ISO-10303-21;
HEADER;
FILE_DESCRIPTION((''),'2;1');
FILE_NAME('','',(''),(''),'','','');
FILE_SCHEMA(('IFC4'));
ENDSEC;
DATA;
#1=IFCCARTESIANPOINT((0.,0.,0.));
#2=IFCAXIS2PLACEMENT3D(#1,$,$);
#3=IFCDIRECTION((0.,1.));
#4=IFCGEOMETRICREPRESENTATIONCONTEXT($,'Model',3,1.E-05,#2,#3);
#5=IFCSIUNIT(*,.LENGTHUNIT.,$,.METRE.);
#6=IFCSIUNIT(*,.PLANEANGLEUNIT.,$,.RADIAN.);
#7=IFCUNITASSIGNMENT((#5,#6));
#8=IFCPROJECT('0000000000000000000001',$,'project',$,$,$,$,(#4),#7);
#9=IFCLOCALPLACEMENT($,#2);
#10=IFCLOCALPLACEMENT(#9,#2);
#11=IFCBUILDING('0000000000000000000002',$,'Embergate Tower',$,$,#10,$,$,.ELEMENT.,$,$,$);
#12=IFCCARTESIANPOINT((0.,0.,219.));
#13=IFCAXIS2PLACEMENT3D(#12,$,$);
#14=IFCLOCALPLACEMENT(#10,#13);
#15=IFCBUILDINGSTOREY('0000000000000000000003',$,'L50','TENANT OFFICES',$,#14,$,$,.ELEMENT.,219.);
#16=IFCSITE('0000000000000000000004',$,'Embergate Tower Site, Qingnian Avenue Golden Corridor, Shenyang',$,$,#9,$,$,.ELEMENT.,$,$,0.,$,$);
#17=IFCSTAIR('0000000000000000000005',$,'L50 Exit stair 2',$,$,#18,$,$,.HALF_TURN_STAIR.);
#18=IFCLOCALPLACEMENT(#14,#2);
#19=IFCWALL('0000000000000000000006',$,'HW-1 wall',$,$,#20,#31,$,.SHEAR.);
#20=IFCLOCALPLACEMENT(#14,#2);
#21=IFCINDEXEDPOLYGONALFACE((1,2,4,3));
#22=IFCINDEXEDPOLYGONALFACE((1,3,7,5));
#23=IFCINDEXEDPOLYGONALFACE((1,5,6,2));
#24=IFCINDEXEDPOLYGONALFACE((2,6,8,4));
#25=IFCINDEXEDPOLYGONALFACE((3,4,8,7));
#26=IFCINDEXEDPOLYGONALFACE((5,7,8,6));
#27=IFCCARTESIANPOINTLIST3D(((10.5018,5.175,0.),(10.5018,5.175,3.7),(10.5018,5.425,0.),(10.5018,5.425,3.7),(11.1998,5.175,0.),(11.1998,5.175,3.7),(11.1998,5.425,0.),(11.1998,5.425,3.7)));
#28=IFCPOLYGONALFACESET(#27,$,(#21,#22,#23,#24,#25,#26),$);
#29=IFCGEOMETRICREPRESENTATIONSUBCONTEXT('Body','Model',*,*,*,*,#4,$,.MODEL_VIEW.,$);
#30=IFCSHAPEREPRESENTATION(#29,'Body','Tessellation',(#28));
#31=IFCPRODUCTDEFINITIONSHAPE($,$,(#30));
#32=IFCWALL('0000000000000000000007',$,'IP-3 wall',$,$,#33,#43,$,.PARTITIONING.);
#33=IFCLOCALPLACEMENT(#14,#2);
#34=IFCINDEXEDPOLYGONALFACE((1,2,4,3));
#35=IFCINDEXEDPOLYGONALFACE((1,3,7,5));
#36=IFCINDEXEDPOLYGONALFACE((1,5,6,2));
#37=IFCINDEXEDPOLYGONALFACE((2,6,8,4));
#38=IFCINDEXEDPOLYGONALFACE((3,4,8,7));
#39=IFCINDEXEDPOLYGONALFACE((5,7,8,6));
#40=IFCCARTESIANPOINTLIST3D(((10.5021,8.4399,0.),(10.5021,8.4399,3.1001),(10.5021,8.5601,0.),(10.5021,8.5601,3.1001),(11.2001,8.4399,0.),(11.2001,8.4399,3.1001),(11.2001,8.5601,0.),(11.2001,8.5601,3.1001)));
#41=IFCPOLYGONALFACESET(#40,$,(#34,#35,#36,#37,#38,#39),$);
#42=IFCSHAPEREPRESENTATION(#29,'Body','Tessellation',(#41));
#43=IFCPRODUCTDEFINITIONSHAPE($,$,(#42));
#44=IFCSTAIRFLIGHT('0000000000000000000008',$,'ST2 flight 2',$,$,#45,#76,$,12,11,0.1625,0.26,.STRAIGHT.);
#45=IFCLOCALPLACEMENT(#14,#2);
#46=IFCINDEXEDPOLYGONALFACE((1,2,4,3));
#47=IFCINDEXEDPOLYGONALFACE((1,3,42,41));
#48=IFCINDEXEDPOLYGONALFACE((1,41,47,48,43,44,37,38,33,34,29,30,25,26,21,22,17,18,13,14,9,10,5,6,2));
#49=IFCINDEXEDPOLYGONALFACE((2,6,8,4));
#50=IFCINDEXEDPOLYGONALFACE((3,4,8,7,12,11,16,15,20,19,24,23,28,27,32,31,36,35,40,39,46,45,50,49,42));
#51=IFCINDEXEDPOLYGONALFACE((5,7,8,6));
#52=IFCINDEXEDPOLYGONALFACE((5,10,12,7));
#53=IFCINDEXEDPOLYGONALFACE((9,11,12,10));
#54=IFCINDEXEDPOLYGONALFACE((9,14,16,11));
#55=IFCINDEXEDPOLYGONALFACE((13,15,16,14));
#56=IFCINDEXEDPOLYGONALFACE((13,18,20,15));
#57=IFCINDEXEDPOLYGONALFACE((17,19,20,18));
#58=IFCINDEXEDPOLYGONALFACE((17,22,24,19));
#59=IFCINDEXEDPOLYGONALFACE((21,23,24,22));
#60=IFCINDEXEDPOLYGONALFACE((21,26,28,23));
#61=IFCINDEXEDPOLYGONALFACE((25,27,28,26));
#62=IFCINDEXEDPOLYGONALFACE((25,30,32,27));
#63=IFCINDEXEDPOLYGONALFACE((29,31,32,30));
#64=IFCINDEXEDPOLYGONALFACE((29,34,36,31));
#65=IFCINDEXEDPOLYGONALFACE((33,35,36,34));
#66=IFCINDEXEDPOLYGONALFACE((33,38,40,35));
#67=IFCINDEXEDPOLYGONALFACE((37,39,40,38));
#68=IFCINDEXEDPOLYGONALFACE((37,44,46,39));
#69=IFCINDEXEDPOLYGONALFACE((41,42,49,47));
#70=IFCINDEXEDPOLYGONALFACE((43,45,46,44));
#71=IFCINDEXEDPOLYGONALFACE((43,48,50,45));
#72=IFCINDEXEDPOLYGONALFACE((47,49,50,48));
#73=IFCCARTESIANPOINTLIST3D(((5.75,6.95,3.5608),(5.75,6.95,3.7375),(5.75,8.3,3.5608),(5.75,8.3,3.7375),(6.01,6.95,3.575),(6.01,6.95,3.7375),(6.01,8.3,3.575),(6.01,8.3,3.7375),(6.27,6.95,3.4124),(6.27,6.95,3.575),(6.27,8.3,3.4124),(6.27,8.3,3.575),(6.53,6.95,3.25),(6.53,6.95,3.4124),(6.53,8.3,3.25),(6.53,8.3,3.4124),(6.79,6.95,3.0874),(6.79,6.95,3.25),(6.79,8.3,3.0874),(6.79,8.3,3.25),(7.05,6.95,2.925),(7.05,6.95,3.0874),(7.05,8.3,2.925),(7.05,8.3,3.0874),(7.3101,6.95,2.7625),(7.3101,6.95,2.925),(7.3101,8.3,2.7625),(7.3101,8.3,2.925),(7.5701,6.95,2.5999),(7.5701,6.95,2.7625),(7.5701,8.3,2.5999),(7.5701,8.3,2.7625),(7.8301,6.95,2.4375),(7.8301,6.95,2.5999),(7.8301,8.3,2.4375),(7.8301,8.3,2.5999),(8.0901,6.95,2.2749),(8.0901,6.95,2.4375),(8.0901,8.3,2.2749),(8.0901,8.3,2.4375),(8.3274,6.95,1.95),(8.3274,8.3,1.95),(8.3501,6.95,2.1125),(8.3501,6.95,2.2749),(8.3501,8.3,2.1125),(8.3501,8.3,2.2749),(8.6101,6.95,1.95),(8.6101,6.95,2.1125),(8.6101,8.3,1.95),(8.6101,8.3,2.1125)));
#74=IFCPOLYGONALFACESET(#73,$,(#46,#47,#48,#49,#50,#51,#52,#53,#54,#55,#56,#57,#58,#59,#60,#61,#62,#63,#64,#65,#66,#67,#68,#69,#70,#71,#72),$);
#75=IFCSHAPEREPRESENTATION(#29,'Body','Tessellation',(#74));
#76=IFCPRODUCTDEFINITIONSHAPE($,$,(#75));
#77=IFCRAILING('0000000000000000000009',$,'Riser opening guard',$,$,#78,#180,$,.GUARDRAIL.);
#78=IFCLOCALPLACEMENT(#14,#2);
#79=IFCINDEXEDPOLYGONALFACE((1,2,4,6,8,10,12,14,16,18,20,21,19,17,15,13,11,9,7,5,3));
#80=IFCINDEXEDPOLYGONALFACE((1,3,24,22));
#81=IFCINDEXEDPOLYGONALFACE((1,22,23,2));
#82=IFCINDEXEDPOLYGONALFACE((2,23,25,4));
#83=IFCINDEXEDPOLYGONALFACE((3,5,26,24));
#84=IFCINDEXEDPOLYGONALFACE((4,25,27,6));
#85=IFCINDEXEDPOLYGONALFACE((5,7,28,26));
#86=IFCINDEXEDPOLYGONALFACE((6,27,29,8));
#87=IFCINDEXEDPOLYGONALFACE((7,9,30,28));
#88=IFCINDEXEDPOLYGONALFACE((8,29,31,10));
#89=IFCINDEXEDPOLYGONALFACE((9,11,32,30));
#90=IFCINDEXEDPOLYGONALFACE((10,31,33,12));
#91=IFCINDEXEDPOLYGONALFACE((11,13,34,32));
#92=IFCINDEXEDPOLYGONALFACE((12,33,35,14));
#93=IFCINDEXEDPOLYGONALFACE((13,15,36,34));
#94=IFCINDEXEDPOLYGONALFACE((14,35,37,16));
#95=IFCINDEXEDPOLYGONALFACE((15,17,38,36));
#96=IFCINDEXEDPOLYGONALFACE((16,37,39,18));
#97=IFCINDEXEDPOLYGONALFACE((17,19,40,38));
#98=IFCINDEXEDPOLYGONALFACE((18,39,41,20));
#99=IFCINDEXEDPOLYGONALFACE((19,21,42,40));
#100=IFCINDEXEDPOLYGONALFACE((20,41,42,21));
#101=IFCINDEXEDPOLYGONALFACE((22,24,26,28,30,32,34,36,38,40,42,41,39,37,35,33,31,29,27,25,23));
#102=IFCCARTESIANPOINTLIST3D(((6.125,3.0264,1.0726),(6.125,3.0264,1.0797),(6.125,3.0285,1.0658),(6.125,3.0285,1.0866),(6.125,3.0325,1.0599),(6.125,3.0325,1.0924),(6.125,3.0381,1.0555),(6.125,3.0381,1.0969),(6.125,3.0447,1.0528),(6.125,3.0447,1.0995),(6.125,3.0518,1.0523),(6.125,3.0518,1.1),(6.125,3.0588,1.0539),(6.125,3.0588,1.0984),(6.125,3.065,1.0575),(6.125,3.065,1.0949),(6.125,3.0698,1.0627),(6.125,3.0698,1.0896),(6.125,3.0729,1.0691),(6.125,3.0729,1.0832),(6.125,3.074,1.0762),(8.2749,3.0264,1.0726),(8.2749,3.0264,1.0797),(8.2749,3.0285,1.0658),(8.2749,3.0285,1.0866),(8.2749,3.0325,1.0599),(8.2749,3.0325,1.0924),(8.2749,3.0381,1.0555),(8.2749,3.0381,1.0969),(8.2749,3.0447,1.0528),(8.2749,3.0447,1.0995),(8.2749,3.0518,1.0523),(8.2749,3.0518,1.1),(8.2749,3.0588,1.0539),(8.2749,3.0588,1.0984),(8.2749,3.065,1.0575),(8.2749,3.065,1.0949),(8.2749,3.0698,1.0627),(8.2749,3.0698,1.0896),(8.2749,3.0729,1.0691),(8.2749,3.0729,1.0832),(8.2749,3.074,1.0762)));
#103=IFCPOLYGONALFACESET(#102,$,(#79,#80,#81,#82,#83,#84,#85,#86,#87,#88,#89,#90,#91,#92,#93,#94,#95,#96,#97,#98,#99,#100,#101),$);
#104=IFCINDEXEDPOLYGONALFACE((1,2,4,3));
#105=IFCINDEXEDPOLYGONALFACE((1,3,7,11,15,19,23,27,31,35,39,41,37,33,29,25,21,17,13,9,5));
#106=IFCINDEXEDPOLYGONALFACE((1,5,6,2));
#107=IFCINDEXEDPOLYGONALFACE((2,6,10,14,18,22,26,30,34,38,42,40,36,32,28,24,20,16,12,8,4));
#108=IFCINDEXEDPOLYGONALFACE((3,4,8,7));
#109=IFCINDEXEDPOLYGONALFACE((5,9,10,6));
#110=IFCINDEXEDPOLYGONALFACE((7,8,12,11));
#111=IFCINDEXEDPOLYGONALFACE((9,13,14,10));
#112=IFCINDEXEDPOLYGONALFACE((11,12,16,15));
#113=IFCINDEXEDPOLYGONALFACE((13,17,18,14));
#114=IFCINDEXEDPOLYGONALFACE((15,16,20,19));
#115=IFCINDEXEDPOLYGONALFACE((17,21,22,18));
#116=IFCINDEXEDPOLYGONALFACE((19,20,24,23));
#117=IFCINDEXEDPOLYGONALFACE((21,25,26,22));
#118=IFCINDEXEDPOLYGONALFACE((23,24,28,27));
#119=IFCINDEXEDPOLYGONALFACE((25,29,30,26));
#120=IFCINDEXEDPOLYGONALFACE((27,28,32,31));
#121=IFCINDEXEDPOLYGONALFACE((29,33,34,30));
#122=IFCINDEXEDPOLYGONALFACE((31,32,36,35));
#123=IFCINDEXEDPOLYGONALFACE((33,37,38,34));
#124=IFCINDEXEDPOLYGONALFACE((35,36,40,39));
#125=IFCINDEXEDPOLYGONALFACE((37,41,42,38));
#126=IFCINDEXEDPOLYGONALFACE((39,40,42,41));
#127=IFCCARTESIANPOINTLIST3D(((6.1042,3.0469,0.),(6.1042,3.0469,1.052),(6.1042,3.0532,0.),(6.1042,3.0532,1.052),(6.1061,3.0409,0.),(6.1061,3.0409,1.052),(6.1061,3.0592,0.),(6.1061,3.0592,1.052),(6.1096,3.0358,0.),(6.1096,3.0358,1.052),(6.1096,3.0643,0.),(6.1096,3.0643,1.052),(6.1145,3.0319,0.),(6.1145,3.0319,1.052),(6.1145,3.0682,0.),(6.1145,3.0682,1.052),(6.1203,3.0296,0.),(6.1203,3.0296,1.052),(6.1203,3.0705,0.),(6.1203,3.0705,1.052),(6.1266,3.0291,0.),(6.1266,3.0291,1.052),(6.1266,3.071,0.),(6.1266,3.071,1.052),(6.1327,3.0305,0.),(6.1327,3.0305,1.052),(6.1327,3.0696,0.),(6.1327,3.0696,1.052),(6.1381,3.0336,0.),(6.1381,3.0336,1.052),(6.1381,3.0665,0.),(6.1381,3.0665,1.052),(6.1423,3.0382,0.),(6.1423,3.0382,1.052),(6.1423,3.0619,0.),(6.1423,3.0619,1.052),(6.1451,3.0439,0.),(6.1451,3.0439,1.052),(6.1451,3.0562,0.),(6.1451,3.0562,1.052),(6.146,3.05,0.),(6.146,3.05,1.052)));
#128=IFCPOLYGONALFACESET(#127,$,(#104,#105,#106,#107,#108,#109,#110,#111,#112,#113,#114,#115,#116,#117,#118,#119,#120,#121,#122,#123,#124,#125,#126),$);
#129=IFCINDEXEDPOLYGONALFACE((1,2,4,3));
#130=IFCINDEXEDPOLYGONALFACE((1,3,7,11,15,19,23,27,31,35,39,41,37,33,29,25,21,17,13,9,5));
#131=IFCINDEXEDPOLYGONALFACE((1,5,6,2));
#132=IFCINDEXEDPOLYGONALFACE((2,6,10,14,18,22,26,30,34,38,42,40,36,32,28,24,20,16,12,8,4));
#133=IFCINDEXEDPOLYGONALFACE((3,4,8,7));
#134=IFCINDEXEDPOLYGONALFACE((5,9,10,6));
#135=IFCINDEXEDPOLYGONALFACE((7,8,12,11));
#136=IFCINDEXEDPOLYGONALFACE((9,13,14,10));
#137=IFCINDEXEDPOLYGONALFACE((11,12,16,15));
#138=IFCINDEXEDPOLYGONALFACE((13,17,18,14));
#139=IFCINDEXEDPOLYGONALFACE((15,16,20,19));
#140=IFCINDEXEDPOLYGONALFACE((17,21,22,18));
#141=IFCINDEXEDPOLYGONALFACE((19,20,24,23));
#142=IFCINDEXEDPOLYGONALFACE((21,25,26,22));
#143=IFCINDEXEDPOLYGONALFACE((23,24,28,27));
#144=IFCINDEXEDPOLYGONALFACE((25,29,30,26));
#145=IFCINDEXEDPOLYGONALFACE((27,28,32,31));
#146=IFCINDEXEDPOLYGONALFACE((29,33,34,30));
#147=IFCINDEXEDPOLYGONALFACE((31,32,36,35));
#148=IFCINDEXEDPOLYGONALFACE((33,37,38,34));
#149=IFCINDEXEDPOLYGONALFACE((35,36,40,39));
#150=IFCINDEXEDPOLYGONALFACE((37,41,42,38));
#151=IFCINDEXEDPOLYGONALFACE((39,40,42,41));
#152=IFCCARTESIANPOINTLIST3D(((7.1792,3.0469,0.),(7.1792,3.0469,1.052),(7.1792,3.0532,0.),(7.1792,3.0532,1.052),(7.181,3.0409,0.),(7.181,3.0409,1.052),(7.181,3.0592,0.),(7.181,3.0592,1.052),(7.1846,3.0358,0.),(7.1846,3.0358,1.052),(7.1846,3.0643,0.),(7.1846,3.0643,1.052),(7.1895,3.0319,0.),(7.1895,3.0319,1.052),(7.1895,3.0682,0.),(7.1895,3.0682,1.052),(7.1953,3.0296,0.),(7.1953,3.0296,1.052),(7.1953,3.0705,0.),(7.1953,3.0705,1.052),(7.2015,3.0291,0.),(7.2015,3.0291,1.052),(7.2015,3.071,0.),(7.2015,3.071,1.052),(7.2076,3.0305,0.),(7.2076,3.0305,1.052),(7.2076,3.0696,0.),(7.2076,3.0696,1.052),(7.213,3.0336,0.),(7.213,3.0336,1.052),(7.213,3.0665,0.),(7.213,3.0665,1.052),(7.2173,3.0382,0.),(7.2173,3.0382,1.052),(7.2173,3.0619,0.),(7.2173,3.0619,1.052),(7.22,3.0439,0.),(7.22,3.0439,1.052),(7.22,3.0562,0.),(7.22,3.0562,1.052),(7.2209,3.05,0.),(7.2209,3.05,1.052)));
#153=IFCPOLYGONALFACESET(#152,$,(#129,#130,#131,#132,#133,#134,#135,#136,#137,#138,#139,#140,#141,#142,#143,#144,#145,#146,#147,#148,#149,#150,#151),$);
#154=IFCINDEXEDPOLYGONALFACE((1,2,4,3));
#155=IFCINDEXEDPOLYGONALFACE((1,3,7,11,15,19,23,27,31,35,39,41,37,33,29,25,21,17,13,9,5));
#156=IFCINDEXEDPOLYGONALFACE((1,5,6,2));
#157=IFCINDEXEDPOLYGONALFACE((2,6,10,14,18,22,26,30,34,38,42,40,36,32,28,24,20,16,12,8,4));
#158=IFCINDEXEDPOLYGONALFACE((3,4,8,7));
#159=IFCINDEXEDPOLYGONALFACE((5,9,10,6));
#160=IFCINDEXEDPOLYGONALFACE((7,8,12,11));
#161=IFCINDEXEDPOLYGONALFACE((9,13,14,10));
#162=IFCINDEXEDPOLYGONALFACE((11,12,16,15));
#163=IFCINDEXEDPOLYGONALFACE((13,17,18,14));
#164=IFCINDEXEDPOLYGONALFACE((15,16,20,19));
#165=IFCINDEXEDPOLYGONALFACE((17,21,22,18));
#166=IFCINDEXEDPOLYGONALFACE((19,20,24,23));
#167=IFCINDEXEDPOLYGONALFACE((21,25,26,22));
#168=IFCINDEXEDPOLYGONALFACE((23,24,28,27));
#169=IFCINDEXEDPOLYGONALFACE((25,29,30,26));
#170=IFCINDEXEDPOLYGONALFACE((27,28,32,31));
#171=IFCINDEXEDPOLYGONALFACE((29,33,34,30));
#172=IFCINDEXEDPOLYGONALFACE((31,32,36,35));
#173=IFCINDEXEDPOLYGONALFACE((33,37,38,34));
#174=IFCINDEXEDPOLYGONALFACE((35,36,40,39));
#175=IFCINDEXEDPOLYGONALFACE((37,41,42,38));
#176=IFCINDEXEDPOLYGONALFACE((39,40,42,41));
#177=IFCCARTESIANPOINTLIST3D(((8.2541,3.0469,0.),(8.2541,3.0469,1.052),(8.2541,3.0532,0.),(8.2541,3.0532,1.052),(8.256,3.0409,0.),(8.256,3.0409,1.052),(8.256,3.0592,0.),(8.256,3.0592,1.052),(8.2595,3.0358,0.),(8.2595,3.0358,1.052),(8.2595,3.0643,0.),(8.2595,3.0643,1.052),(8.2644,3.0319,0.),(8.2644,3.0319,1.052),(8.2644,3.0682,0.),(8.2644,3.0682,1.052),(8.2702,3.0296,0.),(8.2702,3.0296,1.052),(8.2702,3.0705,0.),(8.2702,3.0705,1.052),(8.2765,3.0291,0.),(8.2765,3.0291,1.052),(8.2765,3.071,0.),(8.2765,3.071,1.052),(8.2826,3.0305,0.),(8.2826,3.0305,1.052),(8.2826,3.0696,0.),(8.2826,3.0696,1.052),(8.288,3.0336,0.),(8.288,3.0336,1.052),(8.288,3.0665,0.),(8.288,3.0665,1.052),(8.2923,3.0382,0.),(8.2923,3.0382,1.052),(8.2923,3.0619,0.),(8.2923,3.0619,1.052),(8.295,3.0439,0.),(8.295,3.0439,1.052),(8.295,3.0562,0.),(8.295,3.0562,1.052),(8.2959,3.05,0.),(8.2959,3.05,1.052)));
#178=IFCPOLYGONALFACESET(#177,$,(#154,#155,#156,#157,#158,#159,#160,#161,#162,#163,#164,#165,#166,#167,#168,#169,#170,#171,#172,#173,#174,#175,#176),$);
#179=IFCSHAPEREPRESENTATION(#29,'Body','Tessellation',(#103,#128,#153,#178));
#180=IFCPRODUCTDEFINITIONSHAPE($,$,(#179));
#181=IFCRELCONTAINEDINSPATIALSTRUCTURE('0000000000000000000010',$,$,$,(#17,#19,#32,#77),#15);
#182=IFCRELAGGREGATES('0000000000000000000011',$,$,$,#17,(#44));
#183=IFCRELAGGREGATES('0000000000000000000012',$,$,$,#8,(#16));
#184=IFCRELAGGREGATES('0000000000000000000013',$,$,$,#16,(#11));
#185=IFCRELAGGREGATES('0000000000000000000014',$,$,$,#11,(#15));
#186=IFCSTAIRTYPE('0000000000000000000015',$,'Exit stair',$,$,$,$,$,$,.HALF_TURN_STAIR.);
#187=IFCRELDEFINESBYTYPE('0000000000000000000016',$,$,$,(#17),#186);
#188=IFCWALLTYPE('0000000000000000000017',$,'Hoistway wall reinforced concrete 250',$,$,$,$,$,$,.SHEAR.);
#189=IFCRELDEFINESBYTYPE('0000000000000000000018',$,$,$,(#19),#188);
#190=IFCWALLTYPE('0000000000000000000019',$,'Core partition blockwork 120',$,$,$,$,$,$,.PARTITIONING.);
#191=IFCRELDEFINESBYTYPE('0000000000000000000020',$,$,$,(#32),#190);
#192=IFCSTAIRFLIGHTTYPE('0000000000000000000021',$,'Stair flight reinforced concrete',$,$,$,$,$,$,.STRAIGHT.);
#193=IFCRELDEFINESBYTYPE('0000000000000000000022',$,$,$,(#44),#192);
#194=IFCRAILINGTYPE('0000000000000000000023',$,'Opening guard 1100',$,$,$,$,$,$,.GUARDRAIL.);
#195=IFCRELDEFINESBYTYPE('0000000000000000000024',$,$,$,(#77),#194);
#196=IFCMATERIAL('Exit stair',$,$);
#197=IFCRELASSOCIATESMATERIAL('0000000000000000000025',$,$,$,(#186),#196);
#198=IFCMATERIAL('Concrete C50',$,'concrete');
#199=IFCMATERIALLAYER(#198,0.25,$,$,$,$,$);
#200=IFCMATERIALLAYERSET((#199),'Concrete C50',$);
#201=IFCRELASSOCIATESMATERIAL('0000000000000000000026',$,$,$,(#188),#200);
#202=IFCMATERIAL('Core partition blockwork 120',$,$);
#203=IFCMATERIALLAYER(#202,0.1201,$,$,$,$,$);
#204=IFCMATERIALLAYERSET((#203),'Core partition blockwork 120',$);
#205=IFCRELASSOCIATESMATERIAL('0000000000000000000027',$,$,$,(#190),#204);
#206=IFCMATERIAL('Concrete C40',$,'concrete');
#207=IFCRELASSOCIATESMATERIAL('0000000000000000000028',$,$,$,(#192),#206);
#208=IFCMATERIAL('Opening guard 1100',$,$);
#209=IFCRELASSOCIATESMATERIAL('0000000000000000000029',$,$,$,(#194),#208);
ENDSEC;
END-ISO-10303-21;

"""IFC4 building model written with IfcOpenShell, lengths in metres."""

from ifc_helpers import new_model, si_unit, direction, frame, frame_2d, origin, origin_2d, place, context, subcontext, project, spatial, polyline, rectangle, circle, outline, extrude, source, transform, mapped, material, layer, layer_set, type_object, element, aggregate, save


model = new_model("IFC4")

# Units and contexts
model_context = context("Model", 3, precision=1e-05, world=origin(), true_north=direction((0.0, 1.0)))
body_context = subcontext(model_context, "Body", "Model", "MODEL_VIEW")
ifc_project = project(units=[si_unit("LENGTHUNIT", "METRE"), si_unit("PLANEANGLEUNIT", "RADIAN")], contexts=[model_context])

# Site, building, storey
site_placement = place(None, origin())
site = spatial("IfcSite", under=ifc_project, at=site_placement, Name="Embergate Tower Site, Qingnian Avenue Golden Corridor, Shenyang", CompositionType="ELEMENT", RefElevation=0.0)
building_placement = place(site_placement, origin())
building = spatial("IfcBuilding", under=site, at=building_placement, Name="Embergate Tower", CompositionType="ELEMENT")
storey_placement = place(building_placement, frame((0.0, 0.0, 219.0)))
storey = spatial("IfcBuildingStorey", under=building, at=storey_placement, Name="L50", Description="TENANT OFFICES", CompositionType="ELEMENT", Elevation=219.0)

# Stair
ifc_material_1 = material(Name="Exit stair")
stair_type = type_object("IfcStairType", Name="Exit stair", PredefinedType="HALF_TURN_STAIR", material=ifc_material_1)
stair_placement = place(storey_placement, origin())
stair = element("IfcStair", 1, at=stair_placement, inside=storey, type_object=stair_type, Name="L50 Exit stair 2", PredefinedType="HALF_TURN_STAIR")
ifc_material_2 = material(Name="Concrete C40", Category="concrete")

# Shared definitions
ifc_material_3 = material(Name="Concrete C50", Category="concrete")
ifc_layer_1 = layer(ifc_material_3, 0.25)
ifc_layer_set_1 = layer_set([ifc_layer_1], Name="Concrete C50")
wall_type_1 = type_object("IfcWallType", Name="Hoistway wall reinforced concrete 250", PredefinedType="SHEAR", material=ifc_layer_set_1)

# Shared definitions
ifc_material_4 = material(Name="Core partition blockwork 120")
ifc_layer_2 = layer(ifc_material_4, 0.1201)
ifc_layer_set_2 = layer_set([ifc_layer_2], Name="Core partition blockwork 120")
wall_type_2 = type_object("IfcWallType", Name="Core partition blockwork 120", PredefinedType="PARTITIONING", material=ifc_layer_set_2)

# Walls
shared_shape_1 = source(origin(), body_context, "Body", "SweptSolid", [
    extrude(rectangle(XDim=0.698, YDim=0.25, at=frame_2d((0.3491, 0.0))), origin(), (0.0, 0.0, 1.0), 3.7),
])
wall_1_placement = place(storey_placement, frame((11.2, 5.3, 0.0), z_axis=(0.0, 0.0, 1.0), x_axis=(-1.0, 0.0, 0.0)))
element("IfcWall", 2, at=wall_1_placement, inside=storey, type_object=wall_type_1, Name="HW-1 wall", PredefinedType="SHEAR", context=body_context, shape_type="MappedRepresentation", body=[
    mapped(shared_shape_1, transform((0.0, 0.0, 0.0))),
])
shared_shape_2 = source(origin(), body_context, "Body", "SweptSolid", [
    extrude(rectangle(XDim=0.698, YDim=0.1201, at=frame_2d((0.3491, 0.0))), origin(), (0.0, 0.0, 1.0), 3.1001),
])
wall_2_placement = place(storey_placement, frame((10.502, 8.5, 0.0), z_axis=(0.0, 0.0, 1.0), x_axis=(1.0, 0.0, 0.0)))
element("IfcWall", 3, at=wall_2_placement, inside=storey, type_object=wall_type_2, Name="IP-3 wall", PredefinedType="PARTITIONING", context=body_context, shape_type="MappedRepresentation", body=[
    mapped(shared_shape_2, transform((0.0, 0.0, 0.0))),
])

# Stair flight
stair_flight_type = type_object("IfcStairFlightType", Name="Stair flight reinforced concrete", PredefinedType="STRAIGHT", material=ifc_material_2)
shared_shape_3 = source(origin(), body_context, "Body", "SweptSolid", [
    extrude(outline(polyline([(0.0, 0.0), (0.0, 0.1626), (0.26, 0.1626), (0.26, 0.325), (0.52, 0.325), (0.52, 0.4875), (0.78, 0.4875), (0.78, 0.6499), (1.04, 0.6499), (1.04, 0.8125), (1.3, 0.8125), (1.3, 0.9751), (1.5601, 0.9751), (1.5601, 1.1375), (1.8201, 1.1375), (1.8201, 1.3), (2.0801, 1.3), (2.0801, 1.4624), (2.3401, 1.4624), (2.3401, 1.625), (2.6001, 1.625), (2.6001, 1.7876), (2.8601, 1.7876), (2.8601, 1.95), (2.8601, 1.6108), (0.2827, 0.0), (0.0, 0.0)])), frame((0.0, 0.675, 0.0), z_axis=(0.0, -1.0, 0.0), x_axis=(1.0, 0.0, 0.0)), (0.0, 0.0, 1.0), 1.3501),
])
stair_flight_placement = place(storey_placement, frame((8.6101, 7.625, 1.95), z_axis=(0.0, 0.0, 1.0), x_axis=(-1.0, 0.0, 0.0)))
stair_flight = element("IfcStairFlight", 4, at=stair_flight_placement, type_object=stair_flight_type, Name="ST2 flight 2", NumberOfRisers=12, NumberOfTreads=11, PredefinedType="STRAIGHT", RiserHeight=0.1625, TreadLength=0.26, context=body_context, shape_type="MappedRepresentation", body=[
    mapped(shared_shape_3, transform((0.0, 0.0, 0.0))),
])
aggregate(stair, [stair_flight])

# Railing
ifc_material_5 = material(Name="Opening guard 1100")
railing_type = type_object("IfcRailingType", Name="Opening guard 1100", PredefinedType="GUARDRAIL", material=ifc_material_5)
shared_shape_4 = source(origin(), body_context, "Body", "SweptSolid", [
    extrude(circle(Radius=0.0239, at=origin_2d()), frame((0.0, 0.0, 1.0762), z_axis=(1.0, 0.0, 0.0), x_axis=(0.0, 1.0, 0.0)), (0.0, 0.0, 1.0), 2.1499),
    extrude(circle(Radius=0.021, at=origin_2d()), origin(), (0.0, 0.0, 1.0), 1.052),
    extrude(circle(Radius=0.021, at=origin_2d()), frame((1.075, 0.0, 0.0)), (0.0, 0.0, 1.0), 1.052),
    extrude(circle(Radius=0.021, at=origin_2d()), frame((2.1499, 0.0, 0.0)), (0.0, 0.0, 1.0), 1.052),
])
railing_placement = place(storey_placement, frame((6.125, 3.05, 0.0)))
element("IfcRailing", 5, at=railing_placement, inside=storey, type_object=railing_type, Name="Riser opening guard", PredefinedType="GUARDRAIL", context=body_context, shape_type="MappedRepresentation", body=[
    mapped(shared_shape_4, transform((0.0, 0.0, 0.0))),
])

save(model, "model.ifc")
